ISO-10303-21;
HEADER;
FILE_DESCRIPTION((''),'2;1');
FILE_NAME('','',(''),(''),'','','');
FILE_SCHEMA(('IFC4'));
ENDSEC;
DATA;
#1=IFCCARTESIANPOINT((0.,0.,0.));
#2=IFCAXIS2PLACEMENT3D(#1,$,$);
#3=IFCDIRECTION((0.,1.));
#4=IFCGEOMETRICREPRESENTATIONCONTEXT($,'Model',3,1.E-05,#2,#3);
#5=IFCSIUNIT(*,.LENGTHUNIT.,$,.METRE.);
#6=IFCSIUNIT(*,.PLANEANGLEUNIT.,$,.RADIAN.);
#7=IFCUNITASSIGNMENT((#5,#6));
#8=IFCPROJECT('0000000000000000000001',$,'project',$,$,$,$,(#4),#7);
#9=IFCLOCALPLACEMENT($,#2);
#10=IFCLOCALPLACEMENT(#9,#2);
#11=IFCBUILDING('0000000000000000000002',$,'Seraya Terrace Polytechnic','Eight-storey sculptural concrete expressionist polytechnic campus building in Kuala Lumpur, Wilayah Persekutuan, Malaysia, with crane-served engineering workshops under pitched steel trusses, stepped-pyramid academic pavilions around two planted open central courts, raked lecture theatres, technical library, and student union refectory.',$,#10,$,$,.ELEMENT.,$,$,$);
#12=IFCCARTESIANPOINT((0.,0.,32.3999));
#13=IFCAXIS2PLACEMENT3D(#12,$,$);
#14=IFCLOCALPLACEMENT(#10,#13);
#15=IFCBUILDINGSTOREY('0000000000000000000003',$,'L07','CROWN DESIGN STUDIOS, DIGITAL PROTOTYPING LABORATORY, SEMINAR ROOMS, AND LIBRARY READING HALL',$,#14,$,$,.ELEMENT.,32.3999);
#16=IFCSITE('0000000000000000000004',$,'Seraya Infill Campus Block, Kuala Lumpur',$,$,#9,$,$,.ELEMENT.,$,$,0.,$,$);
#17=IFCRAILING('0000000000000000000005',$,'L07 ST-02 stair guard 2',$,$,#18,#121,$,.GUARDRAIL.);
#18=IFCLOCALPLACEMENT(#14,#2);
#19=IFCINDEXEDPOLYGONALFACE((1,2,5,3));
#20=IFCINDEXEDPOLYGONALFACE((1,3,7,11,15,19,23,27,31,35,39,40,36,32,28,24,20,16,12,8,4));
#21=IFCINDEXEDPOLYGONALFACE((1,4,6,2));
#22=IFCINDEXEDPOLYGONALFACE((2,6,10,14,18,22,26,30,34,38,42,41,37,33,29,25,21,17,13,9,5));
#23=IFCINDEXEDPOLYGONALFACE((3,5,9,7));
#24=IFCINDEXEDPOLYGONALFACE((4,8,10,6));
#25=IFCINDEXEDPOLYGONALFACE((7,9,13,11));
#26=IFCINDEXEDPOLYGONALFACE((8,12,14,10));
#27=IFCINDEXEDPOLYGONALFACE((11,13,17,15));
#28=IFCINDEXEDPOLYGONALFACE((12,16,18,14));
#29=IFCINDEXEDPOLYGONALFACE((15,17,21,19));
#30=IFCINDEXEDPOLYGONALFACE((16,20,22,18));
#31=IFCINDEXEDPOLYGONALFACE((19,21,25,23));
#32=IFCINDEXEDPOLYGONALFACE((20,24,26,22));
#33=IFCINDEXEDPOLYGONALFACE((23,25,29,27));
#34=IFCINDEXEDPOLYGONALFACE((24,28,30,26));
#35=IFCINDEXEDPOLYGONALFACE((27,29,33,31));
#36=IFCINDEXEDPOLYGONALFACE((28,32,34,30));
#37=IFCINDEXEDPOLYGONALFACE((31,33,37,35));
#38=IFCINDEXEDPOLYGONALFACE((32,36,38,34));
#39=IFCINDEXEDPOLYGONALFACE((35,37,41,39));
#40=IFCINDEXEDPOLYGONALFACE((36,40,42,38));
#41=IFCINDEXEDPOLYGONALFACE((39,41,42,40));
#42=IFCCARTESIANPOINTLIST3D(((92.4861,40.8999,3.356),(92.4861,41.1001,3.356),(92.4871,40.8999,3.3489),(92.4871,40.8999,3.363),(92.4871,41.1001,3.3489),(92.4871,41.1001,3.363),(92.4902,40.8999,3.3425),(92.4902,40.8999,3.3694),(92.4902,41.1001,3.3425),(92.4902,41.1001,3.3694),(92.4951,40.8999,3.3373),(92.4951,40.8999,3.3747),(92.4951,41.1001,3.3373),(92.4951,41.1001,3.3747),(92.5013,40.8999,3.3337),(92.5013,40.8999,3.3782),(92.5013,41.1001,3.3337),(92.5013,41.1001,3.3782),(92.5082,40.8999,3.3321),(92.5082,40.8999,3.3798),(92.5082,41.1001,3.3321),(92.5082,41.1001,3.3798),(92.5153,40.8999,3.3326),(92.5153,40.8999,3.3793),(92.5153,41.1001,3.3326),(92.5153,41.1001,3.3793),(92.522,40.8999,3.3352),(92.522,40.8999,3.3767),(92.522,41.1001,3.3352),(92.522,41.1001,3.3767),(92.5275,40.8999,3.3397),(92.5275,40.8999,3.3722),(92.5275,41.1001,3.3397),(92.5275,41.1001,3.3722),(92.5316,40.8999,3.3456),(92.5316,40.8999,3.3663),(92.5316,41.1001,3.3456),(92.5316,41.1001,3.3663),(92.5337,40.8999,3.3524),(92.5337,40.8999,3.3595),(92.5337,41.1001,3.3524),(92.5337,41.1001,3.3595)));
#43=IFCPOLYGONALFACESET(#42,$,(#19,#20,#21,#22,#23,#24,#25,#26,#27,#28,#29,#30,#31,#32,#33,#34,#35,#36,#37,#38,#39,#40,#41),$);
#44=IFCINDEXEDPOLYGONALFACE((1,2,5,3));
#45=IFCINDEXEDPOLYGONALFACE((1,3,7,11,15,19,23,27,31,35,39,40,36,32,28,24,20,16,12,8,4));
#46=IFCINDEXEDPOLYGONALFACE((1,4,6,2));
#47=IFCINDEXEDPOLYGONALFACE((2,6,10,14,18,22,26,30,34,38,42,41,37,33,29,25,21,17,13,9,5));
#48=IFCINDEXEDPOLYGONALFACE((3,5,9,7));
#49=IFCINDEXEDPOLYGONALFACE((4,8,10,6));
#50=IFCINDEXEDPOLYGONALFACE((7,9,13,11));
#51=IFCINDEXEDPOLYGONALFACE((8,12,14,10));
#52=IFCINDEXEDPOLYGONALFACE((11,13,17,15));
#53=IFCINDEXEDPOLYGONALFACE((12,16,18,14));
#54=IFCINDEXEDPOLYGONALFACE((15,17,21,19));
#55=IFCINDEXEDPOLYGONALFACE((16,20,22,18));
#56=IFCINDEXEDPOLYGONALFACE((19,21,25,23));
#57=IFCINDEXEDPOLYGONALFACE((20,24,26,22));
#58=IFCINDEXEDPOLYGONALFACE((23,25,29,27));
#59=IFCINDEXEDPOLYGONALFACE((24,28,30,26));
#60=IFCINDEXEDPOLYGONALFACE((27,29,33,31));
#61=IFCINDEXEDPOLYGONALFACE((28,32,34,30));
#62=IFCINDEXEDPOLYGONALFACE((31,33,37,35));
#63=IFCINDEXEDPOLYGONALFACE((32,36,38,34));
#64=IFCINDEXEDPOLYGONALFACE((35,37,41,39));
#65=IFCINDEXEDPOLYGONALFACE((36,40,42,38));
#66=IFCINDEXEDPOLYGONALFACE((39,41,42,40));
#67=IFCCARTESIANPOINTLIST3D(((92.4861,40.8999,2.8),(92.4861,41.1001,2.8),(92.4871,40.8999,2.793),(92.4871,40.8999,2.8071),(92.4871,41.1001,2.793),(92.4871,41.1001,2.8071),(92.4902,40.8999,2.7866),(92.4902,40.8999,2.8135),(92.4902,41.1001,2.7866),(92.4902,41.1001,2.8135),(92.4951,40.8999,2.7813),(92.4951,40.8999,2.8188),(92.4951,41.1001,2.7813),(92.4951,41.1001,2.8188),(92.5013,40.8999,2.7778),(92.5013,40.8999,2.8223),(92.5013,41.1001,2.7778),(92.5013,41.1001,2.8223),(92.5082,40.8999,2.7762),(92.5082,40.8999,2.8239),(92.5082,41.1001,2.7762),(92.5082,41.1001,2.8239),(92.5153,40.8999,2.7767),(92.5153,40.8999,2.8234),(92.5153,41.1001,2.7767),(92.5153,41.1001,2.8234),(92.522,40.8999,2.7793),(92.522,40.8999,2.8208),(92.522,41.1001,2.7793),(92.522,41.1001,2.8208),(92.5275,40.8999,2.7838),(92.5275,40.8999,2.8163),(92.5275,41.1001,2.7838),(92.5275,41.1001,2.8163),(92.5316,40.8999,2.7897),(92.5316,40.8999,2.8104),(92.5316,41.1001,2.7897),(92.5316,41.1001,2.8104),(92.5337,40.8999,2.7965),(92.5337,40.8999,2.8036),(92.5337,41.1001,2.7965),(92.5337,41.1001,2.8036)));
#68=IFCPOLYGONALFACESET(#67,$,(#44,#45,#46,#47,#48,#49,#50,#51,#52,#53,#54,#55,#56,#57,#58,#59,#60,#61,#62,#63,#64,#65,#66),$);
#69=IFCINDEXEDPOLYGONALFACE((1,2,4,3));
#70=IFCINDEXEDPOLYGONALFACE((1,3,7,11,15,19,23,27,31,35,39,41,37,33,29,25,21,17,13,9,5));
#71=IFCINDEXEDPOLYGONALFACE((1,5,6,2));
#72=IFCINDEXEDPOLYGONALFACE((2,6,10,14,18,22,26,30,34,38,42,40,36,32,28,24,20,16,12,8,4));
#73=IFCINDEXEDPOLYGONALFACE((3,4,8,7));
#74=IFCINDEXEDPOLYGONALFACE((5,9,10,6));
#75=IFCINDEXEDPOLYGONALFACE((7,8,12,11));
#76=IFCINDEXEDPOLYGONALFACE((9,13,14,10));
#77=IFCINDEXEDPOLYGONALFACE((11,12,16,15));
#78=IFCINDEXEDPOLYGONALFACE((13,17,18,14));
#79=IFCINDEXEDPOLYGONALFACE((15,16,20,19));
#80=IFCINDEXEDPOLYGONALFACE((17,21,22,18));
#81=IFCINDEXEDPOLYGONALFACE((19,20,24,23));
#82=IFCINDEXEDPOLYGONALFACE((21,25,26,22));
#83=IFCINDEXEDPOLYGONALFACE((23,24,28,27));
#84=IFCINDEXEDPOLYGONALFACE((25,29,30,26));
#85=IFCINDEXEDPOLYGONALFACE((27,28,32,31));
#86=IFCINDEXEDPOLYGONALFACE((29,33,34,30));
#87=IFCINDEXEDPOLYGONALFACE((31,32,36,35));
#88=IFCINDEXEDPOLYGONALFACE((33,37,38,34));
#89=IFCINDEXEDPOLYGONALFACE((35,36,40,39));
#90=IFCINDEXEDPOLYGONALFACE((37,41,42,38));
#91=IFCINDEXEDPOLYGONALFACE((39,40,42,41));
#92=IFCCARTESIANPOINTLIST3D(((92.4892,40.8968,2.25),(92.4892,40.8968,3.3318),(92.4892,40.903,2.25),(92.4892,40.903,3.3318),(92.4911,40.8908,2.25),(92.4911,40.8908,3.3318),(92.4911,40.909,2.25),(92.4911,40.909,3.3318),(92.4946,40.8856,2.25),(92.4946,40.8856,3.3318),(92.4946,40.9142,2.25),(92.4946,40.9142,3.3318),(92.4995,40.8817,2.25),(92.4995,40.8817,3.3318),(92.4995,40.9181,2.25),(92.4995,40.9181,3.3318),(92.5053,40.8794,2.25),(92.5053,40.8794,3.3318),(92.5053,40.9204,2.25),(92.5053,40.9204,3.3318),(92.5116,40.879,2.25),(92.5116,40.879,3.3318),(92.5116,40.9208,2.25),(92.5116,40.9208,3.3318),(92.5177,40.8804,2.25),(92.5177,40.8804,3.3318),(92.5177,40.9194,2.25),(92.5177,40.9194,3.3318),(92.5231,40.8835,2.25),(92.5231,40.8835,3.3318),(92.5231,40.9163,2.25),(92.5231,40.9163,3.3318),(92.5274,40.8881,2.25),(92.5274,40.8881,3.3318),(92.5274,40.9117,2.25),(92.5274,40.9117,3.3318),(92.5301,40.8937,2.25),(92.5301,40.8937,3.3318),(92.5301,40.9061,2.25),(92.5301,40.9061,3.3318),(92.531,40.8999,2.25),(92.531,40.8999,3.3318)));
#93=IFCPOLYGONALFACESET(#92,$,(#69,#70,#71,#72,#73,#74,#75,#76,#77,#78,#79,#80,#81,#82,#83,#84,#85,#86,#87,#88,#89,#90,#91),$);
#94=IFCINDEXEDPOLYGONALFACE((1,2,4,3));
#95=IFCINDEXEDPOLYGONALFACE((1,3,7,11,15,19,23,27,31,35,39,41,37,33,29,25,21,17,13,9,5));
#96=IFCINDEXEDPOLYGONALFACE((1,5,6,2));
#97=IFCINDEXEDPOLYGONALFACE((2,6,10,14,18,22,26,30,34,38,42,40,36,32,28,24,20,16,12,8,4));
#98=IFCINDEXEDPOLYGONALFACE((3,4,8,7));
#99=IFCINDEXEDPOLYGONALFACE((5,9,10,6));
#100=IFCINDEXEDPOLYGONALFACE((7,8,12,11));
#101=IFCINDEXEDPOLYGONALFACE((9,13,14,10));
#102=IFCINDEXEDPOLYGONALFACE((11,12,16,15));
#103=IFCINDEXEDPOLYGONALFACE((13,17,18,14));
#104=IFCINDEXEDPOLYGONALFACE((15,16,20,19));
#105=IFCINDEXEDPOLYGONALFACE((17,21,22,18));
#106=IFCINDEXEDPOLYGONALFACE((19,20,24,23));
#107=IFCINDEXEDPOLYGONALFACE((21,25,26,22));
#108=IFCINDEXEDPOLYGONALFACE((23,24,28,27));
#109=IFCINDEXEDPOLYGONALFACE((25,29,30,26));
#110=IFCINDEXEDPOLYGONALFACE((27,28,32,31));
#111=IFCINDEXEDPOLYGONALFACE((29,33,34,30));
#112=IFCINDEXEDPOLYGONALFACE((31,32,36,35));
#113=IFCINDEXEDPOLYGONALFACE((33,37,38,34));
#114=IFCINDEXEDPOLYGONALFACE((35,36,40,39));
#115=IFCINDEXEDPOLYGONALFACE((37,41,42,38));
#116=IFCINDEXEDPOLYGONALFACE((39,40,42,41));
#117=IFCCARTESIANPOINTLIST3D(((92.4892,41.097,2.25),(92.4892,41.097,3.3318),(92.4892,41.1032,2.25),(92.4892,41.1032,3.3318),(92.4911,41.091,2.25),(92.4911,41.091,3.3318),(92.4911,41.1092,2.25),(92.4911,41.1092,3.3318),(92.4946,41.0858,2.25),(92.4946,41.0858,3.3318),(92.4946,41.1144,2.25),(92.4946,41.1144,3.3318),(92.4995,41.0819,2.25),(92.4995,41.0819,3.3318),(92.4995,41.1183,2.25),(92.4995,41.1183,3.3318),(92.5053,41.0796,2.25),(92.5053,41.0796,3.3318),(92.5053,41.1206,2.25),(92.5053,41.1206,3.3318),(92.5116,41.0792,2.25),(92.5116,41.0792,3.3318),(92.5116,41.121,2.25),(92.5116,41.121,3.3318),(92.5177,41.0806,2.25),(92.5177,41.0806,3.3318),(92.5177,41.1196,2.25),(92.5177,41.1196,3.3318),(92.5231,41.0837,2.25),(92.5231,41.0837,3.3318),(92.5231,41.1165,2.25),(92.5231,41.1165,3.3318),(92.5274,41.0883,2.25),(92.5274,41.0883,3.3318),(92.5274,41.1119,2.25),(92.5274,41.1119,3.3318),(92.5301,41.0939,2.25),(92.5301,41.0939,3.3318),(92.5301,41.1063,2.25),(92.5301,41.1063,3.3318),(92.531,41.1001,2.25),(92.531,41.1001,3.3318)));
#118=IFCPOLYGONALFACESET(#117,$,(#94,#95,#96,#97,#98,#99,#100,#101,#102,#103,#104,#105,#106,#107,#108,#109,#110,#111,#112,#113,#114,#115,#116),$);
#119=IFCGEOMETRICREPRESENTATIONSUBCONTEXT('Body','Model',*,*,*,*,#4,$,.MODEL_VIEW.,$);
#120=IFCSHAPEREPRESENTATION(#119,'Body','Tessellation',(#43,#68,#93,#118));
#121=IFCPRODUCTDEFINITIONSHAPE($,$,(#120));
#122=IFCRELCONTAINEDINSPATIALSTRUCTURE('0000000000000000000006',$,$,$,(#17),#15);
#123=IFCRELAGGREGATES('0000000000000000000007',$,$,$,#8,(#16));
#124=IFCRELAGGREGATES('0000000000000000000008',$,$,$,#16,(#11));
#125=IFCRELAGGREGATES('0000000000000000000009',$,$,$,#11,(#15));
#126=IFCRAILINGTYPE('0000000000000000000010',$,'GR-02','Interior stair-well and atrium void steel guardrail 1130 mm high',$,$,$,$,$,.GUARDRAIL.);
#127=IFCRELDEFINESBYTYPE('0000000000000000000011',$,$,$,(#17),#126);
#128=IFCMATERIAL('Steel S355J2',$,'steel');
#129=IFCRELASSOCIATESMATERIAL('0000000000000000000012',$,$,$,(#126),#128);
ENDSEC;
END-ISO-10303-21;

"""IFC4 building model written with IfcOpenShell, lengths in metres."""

from ifc_helpers import new_model, si_unit, direction, frame, origin, origin_2d, place, context, subcontext, project, spatial, circle, extrude, material, type_object, element, save


model = new_model("IFC4")

# Units and contexts
model_context = context("Model", 3, precision=1e-05, world=origin(), true_north=direction((0.0, 1.0)))
body_context = subcontext(model_context, "Body", "Model", "MODEL_VIEW")
ifc_project = project(units=[si_unit("LENGTHUNIT", "METRE"), si_unit("PLANEANGLEUNIT", "RADIAN")], contexts=[model_context])

# Site, building, storey
site_placement = place(None, origin())
site = spatial("IfcSite", under=ifc_project, at=site_placement, Name="Seraya Infill Campus Block, Kuala Lumpur", CompositionType="ELEMENT", RefElevation=0.0)
building_placement = place(site_placement, origin())
building = spatial("IfcBuilding", under=site, at=building_placement, Name="Seraya Terrace Polytechnic", Description="Eight-storey sculptural concrete expressionist polytechnic campus building in Kuala Lumpur, Wilayah Persekutuan, Malaysia, with crane-served engineering workshops under pitched steel trusses, stepped-pyramid academic pavilions around two planted open central courts, raked lecture theatres, technical library, and student union refectory.", CompositionType="ELEMENT")
storey_placement = place(building_placement, frame((0.0, 0.0, 32.3999)))
storey = spatial("IfcBuildingStorey", under=building, at=storey_placement, Name="L07", Description="CROWN DESIGN STUDIOS, DIGITAL PROTOTYPING LABORATORY, SEMINAR ROOMS, AND LIBRARY READING HALL", CompositionType="ELEMENT", Elevation=32.3999)

# Shared definitions
ifc_material_1 = material(Name="Steel S355J2", Category="steel")

# Railing
railing_type_1 = type_object("IfcRailingType", Name="GR-02", Description="Interior stair-well and atrium void steel guardrail 1130 mm high", PredefinedType="GUARDRAIL", material=ifc_material_1)
railing_1_placement = place(storey_placement, frame((92.51, 40.8999, 2.25)))
element("IfcRailing", 1, at=railing_1_placement, inside=storey, type_object=railing_type_1, Name="L07 ST-02 stair guard 2", PredefinedType="GUARDRAIL", context=body_context, shape_type="SweptSolid", body=[
    extrude(circle(Radius=0.0239, at=origin_2d()), frame((0.0, 0.0, 1.106), z_axis=(0.0, 1.0, 0.0), x_axis=(-1.0, 0.0, 0.0)), (0.0, 0.0, 1.0), 0.2002),
    extrude(circle(Radius=0.0239, at=origin_2d()), frame((0.0, 0.0, 0.55), z_axis=(0.0, 1.0, 0.0), x_axis=(-1.0, 0.0, 0.0)), (0.0, 0.0, 1.0), 0.2002),
    extrude(circle(Radius=0.021, at=origin_2d()), origin(), (0.0, 0.0, 1.0), 1.0818),
    extrude(circle(Radius=0.021, at=origin_2d()), frame((0.0, 0.2002, 0.0)), (0.0, 0.0, 1.0), 1.0818),
])

save(model, "model.ifc")
